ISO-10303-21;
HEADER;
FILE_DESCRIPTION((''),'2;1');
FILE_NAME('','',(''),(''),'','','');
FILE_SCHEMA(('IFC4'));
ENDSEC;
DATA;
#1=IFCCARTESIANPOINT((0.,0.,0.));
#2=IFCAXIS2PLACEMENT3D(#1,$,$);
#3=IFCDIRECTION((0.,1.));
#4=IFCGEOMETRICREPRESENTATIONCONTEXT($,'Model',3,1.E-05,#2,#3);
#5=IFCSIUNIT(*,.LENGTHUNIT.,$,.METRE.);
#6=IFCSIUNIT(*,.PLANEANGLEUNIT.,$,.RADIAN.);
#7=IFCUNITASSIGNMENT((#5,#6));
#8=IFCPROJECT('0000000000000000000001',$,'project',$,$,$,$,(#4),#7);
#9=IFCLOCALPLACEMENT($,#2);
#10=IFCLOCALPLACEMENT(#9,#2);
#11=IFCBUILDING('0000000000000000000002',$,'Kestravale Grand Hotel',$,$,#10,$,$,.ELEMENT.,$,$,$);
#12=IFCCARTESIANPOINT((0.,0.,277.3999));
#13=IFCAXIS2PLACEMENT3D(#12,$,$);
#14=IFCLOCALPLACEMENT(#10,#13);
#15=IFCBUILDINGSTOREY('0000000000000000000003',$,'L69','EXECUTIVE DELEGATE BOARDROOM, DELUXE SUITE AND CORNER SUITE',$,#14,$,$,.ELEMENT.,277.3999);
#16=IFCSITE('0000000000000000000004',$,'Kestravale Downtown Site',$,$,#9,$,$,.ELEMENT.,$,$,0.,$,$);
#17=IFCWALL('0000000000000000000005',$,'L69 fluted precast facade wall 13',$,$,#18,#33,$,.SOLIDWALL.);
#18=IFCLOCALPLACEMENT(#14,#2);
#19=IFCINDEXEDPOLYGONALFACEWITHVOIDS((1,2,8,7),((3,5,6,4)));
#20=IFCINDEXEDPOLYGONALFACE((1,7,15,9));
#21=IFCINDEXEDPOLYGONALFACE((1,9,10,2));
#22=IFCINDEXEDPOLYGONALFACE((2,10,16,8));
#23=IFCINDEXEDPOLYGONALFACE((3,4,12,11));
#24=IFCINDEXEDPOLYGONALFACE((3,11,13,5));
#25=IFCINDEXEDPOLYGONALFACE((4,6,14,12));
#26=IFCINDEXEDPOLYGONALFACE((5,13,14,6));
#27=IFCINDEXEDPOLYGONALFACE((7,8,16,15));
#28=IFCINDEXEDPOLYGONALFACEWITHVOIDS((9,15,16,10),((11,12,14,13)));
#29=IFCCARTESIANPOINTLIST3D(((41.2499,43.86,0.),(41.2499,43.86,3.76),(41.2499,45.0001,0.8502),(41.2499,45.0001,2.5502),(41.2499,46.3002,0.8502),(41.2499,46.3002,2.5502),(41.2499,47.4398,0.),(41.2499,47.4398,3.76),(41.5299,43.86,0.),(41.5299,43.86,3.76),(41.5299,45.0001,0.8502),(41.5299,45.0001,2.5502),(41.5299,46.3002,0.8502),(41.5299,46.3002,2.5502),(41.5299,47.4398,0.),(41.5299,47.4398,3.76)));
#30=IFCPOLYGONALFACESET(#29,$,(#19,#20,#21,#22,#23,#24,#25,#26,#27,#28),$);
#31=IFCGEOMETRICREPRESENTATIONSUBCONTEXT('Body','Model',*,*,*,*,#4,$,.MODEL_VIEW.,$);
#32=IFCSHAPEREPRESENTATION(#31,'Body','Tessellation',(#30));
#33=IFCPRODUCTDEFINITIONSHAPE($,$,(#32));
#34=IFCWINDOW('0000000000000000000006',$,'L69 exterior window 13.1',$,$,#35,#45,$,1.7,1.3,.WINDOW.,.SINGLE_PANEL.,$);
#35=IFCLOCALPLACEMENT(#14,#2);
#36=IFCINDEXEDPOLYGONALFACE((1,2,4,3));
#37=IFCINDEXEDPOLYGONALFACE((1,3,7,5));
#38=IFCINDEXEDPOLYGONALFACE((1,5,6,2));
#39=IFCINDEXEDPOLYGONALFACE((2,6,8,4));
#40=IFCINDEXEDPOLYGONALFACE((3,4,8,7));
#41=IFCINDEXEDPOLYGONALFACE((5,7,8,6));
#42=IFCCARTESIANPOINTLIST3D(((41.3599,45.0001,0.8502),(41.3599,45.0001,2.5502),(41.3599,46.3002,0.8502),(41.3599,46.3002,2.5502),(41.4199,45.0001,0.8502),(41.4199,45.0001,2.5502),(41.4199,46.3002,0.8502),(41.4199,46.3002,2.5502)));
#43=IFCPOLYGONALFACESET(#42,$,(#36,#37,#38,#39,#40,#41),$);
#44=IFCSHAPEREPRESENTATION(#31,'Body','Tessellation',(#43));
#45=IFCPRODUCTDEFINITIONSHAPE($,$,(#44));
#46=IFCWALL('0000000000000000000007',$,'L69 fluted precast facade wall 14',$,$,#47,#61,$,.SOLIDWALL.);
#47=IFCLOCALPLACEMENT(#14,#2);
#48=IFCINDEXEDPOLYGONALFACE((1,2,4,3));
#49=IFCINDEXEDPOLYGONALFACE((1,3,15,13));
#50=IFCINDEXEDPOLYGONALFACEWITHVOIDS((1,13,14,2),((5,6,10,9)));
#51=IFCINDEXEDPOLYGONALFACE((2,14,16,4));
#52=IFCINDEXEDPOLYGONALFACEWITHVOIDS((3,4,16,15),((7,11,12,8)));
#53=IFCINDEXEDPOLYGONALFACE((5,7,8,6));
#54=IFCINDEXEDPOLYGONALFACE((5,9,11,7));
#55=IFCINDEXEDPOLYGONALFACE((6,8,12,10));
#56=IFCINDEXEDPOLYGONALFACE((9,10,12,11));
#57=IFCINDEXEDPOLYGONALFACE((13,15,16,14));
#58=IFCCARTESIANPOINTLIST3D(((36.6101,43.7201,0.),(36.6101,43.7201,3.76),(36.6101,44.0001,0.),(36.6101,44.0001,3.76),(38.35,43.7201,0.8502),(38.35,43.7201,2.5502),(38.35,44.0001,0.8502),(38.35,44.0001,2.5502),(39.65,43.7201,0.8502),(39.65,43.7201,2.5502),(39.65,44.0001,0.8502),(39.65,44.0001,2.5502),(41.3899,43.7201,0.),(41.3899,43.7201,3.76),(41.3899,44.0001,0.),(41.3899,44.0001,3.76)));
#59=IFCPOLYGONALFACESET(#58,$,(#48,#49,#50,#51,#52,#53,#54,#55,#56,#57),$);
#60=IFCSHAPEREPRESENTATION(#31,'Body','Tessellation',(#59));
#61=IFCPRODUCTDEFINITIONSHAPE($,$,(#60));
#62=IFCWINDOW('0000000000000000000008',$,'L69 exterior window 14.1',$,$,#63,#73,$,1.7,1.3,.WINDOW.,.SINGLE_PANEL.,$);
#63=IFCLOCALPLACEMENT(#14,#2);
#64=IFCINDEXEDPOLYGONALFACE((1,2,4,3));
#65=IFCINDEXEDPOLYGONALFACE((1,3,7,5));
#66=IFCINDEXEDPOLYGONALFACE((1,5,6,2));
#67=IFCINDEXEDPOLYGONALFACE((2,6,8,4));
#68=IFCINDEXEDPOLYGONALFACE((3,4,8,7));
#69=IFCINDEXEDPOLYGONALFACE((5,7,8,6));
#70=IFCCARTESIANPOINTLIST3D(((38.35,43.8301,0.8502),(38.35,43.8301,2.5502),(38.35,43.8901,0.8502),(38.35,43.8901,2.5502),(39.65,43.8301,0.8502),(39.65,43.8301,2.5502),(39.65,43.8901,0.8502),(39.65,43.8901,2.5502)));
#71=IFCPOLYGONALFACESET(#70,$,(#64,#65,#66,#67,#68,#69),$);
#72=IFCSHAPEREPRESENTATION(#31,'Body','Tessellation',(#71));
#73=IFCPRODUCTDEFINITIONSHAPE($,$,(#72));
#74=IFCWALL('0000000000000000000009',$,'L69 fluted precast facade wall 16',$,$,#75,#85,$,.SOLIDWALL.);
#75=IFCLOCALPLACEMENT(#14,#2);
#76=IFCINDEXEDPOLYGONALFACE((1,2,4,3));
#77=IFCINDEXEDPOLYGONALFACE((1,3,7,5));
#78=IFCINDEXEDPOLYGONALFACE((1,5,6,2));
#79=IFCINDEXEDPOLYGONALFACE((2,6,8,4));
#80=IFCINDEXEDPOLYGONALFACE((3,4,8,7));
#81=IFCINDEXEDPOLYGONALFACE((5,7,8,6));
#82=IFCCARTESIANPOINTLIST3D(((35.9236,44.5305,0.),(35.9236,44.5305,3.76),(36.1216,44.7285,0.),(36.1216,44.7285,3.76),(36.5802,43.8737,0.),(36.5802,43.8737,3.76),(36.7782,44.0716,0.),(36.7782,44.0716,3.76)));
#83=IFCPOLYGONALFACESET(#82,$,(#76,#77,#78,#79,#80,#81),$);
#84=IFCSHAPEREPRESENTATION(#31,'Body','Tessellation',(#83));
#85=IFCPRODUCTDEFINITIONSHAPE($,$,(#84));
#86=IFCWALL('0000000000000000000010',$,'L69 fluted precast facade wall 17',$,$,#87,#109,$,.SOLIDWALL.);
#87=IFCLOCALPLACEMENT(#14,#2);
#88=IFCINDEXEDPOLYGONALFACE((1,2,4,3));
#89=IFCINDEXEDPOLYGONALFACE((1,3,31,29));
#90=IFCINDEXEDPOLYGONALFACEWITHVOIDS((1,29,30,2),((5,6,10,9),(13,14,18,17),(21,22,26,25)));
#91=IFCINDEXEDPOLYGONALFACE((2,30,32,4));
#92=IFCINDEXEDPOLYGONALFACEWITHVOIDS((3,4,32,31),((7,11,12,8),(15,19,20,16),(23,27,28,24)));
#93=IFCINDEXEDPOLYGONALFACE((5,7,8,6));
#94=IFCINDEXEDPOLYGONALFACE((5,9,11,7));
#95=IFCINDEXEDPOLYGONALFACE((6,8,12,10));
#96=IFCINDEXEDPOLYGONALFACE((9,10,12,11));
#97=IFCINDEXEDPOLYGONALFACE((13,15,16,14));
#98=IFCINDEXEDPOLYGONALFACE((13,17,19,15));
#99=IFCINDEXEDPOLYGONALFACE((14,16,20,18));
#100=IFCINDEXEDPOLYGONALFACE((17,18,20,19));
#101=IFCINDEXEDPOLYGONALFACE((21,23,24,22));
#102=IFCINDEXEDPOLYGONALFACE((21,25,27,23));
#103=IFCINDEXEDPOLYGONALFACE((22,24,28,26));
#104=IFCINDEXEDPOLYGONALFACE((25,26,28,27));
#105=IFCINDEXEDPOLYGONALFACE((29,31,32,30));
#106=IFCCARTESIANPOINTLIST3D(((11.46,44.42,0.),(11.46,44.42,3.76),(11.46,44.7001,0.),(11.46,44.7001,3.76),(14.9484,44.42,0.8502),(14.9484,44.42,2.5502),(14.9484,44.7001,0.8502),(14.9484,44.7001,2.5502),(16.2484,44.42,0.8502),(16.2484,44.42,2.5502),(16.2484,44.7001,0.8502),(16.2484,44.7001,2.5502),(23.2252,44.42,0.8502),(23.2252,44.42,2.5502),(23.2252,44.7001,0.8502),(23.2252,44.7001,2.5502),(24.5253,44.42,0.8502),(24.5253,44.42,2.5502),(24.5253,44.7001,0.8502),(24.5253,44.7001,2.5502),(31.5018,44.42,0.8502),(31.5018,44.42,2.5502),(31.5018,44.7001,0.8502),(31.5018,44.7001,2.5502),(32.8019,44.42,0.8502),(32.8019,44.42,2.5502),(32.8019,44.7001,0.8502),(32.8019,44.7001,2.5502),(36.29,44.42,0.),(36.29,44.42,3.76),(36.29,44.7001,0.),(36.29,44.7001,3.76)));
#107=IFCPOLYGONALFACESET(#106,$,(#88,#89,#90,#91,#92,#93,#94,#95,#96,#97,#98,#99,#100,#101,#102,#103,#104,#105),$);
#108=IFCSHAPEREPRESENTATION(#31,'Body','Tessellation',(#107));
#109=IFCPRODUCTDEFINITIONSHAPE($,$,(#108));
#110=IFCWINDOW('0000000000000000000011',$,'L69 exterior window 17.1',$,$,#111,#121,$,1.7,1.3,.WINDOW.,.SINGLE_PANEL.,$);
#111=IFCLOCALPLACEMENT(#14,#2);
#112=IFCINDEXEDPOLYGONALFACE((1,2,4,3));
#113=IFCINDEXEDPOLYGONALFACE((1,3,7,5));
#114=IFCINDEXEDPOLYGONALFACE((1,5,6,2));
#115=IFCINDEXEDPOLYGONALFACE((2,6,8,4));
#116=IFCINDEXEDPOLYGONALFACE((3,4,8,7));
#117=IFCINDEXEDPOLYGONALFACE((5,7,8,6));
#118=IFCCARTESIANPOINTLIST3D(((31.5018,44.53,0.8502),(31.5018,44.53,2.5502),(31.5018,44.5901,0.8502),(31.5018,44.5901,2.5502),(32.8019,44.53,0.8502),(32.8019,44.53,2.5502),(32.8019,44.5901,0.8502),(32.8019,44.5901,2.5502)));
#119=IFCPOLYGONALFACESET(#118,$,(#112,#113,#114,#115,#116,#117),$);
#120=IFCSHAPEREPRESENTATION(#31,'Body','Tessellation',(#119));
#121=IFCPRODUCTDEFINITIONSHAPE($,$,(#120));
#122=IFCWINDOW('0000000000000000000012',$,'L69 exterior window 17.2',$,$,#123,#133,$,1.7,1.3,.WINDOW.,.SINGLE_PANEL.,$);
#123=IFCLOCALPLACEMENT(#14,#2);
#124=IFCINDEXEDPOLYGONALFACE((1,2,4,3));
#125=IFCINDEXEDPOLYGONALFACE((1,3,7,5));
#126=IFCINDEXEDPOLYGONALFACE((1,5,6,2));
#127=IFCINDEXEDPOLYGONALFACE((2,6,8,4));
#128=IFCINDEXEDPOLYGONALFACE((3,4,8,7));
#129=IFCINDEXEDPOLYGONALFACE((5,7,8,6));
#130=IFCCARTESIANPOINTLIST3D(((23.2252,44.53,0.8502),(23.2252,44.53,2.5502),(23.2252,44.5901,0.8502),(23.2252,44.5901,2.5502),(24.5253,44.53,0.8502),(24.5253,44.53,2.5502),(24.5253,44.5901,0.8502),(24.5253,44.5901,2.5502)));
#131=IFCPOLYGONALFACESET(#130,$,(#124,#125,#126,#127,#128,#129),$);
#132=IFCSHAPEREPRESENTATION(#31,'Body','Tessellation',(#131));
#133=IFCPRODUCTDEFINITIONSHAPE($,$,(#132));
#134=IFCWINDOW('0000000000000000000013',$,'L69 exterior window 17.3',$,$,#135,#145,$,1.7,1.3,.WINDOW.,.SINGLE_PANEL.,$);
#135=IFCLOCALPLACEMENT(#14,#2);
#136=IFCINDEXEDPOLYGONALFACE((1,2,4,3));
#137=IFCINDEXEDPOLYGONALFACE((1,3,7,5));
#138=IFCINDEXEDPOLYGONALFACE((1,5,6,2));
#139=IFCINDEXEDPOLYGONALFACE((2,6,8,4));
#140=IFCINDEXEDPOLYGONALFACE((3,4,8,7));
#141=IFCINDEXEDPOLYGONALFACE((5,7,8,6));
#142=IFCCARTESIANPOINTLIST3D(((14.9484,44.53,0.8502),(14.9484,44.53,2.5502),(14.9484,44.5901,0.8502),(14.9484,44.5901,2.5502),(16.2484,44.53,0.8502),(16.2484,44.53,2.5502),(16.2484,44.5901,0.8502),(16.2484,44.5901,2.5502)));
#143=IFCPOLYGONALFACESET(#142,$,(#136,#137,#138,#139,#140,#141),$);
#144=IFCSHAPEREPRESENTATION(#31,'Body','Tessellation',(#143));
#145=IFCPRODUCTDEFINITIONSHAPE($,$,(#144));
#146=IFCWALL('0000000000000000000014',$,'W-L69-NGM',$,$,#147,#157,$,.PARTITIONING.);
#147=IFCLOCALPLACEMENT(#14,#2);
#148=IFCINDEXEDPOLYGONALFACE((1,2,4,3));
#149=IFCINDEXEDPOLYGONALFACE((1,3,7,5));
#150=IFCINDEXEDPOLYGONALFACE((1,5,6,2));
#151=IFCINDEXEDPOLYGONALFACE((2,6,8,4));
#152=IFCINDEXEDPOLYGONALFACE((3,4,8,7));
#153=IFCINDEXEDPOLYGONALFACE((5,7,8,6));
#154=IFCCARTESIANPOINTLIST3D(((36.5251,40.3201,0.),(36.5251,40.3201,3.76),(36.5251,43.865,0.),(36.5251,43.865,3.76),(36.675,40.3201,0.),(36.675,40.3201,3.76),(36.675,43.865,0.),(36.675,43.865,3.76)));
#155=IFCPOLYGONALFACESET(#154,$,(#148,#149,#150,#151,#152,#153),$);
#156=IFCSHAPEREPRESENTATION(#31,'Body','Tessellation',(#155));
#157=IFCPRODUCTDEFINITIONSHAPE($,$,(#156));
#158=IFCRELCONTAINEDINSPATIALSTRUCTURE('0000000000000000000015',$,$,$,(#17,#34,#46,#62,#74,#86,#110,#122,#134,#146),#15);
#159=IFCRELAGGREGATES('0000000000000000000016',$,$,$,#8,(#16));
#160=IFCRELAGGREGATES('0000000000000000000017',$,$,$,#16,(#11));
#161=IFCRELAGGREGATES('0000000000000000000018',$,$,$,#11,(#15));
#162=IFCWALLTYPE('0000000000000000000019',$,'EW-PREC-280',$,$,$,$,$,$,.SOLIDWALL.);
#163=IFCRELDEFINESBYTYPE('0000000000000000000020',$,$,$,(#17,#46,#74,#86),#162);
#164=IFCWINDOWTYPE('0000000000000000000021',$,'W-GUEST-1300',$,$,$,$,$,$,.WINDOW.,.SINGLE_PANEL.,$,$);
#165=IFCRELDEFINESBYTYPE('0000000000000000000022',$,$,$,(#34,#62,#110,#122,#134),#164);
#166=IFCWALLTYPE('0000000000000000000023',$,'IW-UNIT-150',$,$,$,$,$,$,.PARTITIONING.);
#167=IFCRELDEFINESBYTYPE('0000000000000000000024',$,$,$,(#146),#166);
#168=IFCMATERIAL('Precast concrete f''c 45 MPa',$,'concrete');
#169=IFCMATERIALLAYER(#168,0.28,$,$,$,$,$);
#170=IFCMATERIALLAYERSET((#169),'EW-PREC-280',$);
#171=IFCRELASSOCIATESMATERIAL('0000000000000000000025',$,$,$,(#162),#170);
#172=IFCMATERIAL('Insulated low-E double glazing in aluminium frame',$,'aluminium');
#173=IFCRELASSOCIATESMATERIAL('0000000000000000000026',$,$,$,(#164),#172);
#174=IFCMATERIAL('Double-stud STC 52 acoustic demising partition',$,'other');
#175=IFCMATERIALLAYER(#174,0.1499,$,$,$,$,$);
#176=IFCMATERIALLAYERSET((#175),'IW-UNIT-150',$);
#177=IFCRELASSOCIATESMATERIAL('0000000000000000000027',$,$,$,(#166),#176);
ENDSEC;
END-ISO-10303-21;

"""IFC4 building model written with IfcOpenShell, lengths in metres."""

from ifc_helpers import new_model, si_unit, direction, frame, frame_2d, origin, place, context, subcontext, project, spatial, rectangle, extrude, material, layer, layer_set, type_object, element, fill, save


model = new_model("IFC4")

# Units and contexts
model_context = context("Model", 3, precision=1e-05, world=origin(), true_north=direction((0.0, 1.0)))
body_context = subcontext(model_context, "Body", "Model", "MODEL_VIEW")
ifc_project = project(units=[si_unit("LENGTHUNIT", "METRE"), si_unit("PLANEANGLEUNIT", "RADIAN")], contexts=[model_context])

# Site, building, storey
site_placement = place(None, origin())
site = spatial("IfcSite", under=ifc_project, at=site_placement, Name="Kestravale Downtown Site", CompositionType="ELEMENT", RefElevation=0.0)
building_placement = place(site_placement, origin())
building = spatial("IfcBuilding", under=site, at=building_placement, Name="Kestravale Grand Hotel", CompositionType="ELEMENT")
storey_placement = place(building_placement, frame((0.0, 0.0, 277.3999)))
storey = spatial("IfcBuildingStorey", under=building, at=storey_placement, Name="L69", Description="EXECUTIVE DELEGATE BOARDROOM, DELUXE SUITE AND CORNER SUITE", CompositionType="ELEMENT", Elevation=277.3999)

# Shared definitions
ifc_material_1 = material(Name="Precast concrete f'c 45 MPa", Category="concrete")
ifc_layer_1 = layer(ifc_material_1, 0.28)
ifc_layer_set_1 = layer_set([ifc_layer_1], Name="EW-PREC-280")
wall_type_1 = type_object("IfcWallType", Name="EW-PREC-280", PredefinedType="SOLIDWALL", material=ifc_layer_set_1)

# Walls, openings, windows
wall_1_placement = place(storey_placement, frame((41.3899, 47.4399, 0.0), z_axis=(0.0, 0.0, 1.0), x_axis=(0.0, -1.0, 0.0)))
wall_1 = element("IfcWall", 1, at=wall_1_placement, inside=storey, type_object=wall_type_1, Name="L69 fluted precast facade wall 13", PredefinedType="SOLIDWALL", context=body_context, shape_type="SweptSolid", body=[
    extrude(rectangle(XDim=3.5798, YDim=0.28, at=frame_2d((1.79, 0.0))), origin(), (0.0, 0.0, 1.0), 3.76),
])
opening_1_placement = place(wall_1_placement, frame((1.1399, 0.0, 0.8501)))
opening_1 = element("IfcOpeningElement", 2, at=opening_1_placement, cuts=wall_1, PredefinedType="OPENING", context=body_context, shape_type="SweptSolid", body=[
    extrude(rectangle(XDim=1.3, YDim=1.7, at=frame_2d((0.6499, 0.8501))), frame((0.0, 0.1499, 0.0), z_axis=(0.0, -1.0, 0.0), x_axis=(1.0, 0.0, 0.0)), (0.0, 0.0, 1.0), 0.3),
])
ifc_material_2 = material(Name="Insulated low-E double glazing in aluminium frame", Category="aluminium")
window_type = type_object("IfcWindowType", Name="W-GUEST-1300", PartitioningType="SINGLE_PANEL", PredefinedType="WINDOW", material=ifc_material_2)
window_1_placement = place(opening_1_placement, origin())
window_1 = element("IfcWindow", 3, at=window_1_placement, inside=storey, type_object=window_type, Name="L69 exterior window 13.1", OverallHeight=1.7, OverallWidth=1.3, PartitioningType="SINGLE_PANEL", PredefinedType="WINDOW", context=body_context, shape_type="SweptSolid", body=[
    extrude(rectangle(XDim=1.3, YDim=1.7, at=frame_2d((0.6499, 0.8501))), frame((0.0, 0.03, 0.0), z_axis=(0.0, -1.0, 0.0), x_axis=(1.0, 0.0, 0.0)), (0.0, 0.0, 1.0), 0.0601),
])
fill(opening_1, window_1)
wall_2_placement = place(storey_placement, frame((41.3899, 43.8601, 0.0), z_axis=(0.0, 0.0, 1.0), x_axis=(-1.0, 0.0, 0.0)))
wall_2 = element("IfcWall", 4, at=wall_2_placement, inside=storey, type_object=wall_type_1, Name="L69 fluted precast facade wall 14", PredefinedType="SOLIDWALL", context=body_context, shape_type="SweptSolid", body=[
    extrude(rectangle(XDim=4.7798, YDim=0.28, at=frame_2d((2.3899, 0.0))), origin(), (0.0, 0.0, 1.0), 3.76),
])
opening_2_placement = place(wall_2_placement, frame((1.74, 0.0, 0.8501)))
opening_2 = element("IfcOpeningElement", 5, at=opening_2_placement, cuts=wall_2, PredefinedType="OPENING", context=body_context, shape_type="SweptSolid", body=[
    extrude(rectangle(XDim=1.3, YDim=1.7, at=frame_2d((0.6499, 0.8501))), frame((0.0, 0.1499, 0.0), z_axis=(0.0, -1.0, 0.0), x_axis=(1.0, 0.0, 0.0)), (0.0, 0.0, 1.0), 0.3),
])
window_2_placement = place(opening_2_placement, origin())
window_2 = element("IfcWindow", 6, at=window_2_placement, inside=storey, type_object=window_type, Name="L69 exterior window 14.1", OverallHeight=1.7, OverallWidth=1.3, PartitioningType="SINGLE_PANEL", PredefinedType="WINDOW", context=body_context, shape_type="SweptSolid", body=[
    extrude(rectangle(XDim=1.3, YDim=1.7, at=frame_2d((0.6499, 0.8501))), frame((0.0, 0.03, 0.0), z_axis=(0.0, -1.0, 0.0), x_axis=(1.0, 0.0, 0.0)), (0.0, 0.0, 1.0), 0.0601),
])
fill(opening_2, window_2)

# Wall
wall_3_placement = place(storey_placement, frame((36.6792, 43.9727, 0.0), z_axis=(0.0, 0.0, 1.0), x_axis=(-0.706975, 0.707238, 0.0)))
element("IfcWall", 7, at=wall_3_placement, inside=storey, type_object=wall_type_1, Name="L69 fluted precast facade wall 16", PredefinedType="SOLIDWALL", context=body_context, shape_type="SweptSolid", body=[
    extrude(rectangle(XDim=0.9287, YDim=0.28, at=frame_2d((0.4644, 0.0))), origin(), (0.0, 0.0, 1.0), 3.76),
])

# Wall, openings, windows
wall_4_placement = place(storey_placement, frame((36.29, 44.5601, 0.0), z_axis=(0.0, 0.0, 1.0), x_axis=(-1.0, 0.0, 0.0)))
wall_4 = element("IfcWall", 8, at=wall_4_placement, inside=storey, type_object=wall_type_1, Name="L69 fluted precast facade wall 17", PredefinedType="SOLIDWALL", context=body_context, shape_type="SweptSolid", body=[
    extrude(rectangle(XDim=24.8301, YDim=0.28, at=frame_2d((12.415, 0.0))), origin(), (0.0, 0.0, 1.0), 3.76),
])
opening_3_placement = place(wall_4_placement, frame((3.4883, 0.0, 0.8501)))
opening_3 = element("IfcOpeningElement", 9, at=opening_3_placement, cuts=wall_4, PredefinedType="OPENING", context=body_context, shape_type="SweptSolid", body=[
    extrude(rectangle(XDim=1.3, YDim=1.7, at=frame_2d((0.6499, 0.8501))), frame((0.0, 0.1499, 0.0), z_axis=(0.0, -1.0, 0.0), x_axis=(1.0, 0.0, 0.0)), (0.0, 0.0, 1.0), 0.3),
])
opening_4_placement = place(wall_4_placement, frame((11.7649, 0.0, 0.8501)))
opening_4 = element("IfcOpeningElement", 10, at=opening_4_placement, cuts=wall_4, PredefinedType="OPENING", context=body_context, shape_type="SweptSolid", body=[
    extrude(rectangle(XDim=1.3, YDim=1.7, at=frame_2d((0.6499, 0.8501))), frame((0.0, 0.1499, 0.0), z_axis=(0.0, -1.0, 0.0), x_axis=(1.0, 0.0, 0.0)), (0.0, 0.0, 1.0), 0.3),
])
opening_5_placement = place(wall_4_placement, frame((20.0417, 0.0, 0.8501)))
opening_5 = element("IfcOpeningElement", 11, at=opening_5_placement, cuts=wall_4, PredefinedType="OPENING", context=body_context, shape_type="SweptSolid", body=[
    extrude(rectangle(XDim=1.3, YDim=1.7, at=frame_2d((0.6499, 0.8501))), frame((0.0, 0.1499, 0.0), z_axis=(0.0, -1.0, 0.0), x_axis=(1.0, 0.0, 0.0)), (0.0, 0.0, 1.0), 0.3),
])
window_3_placement = place(opening_3_placement, origin())
window_3 = element("IfcWindow", 12, at=window_3_placement, inside=storey, type_object=window_type, Name="L69 exterior window 17.1", OverallHeight=1.7, OverallWidth=1.3, PartitioningType="SINGLE_PANEL", PredefinedType="WINDOW", context=body_context, shape_type="SweptSolid", body=[
    extrude(rectangle(XDim=1.3, YDim=1.7, at=frame_2d((0.6499, 0.8501))), frame((0.0, 0.03, 0.0), z_axis=(0.0, -1.0, 0.0), x_axis=(1.0, 0.0, 0.0)), (0.0, 0.0, 1.0), 0.0601),
])
fill(opening_3, window_3)
window_4_placement = place(opening_4_placement, origin())
window_4 = element("IfcWindow", 13, at=window_4_placement, inside=storey, type_object=window_type, Name="L69 exterior window 17.2", OverallHeight=1.7, OverallWidth=1.3, PartitioningType="SINGLE_PANEL", PredefinedType="WINDOW", context=body_context, shape_type="SweptSolid", body=[
    extrude(rectangle(XDim=1.3, YDim=1.7, at=frame_2d((0.6499, 0.8501))), frame((0.0, 0.03, 0.0), z_axis=(0.0, -1.0, 0.0), x_axis=(1.0, 0.0, 0.0)), (0.0, 0.0, 1.0), 0.0601),
])
fill(opening_4, window_4)
window_5_placement = place(opening_5_placement, origin())
window_5 = element("IfcWindow", 14, at=window_5_placement, inside=storey, type_object=window_type, Name="L69 exterior window 17.3", OverallHeight=1.7, OverallWidth=1.3, PartitioningType="SINGLE_PANEL", PredefinedType="WINDOW", context=body_context, shape_type="SweptSolid", body=[
    extrude(rectangle(XDim=1.3, YDim=1.7, at=frame_2d((0.6499, 0.8501))), frame((0.0, 0.03, 0.0), z_axis=(0.0, -1.0, 0.0), x_axis=(1.0, 0.0, 0.0)), (0.0, 0.0, 1.0), 0.0601),
])
fill(opening_5, window_5)

# Wall
ifc_material_3 = material(Name="Double-stud STC 52 acoustic demising partition", Category="other")
ifc_layer_2 = layer(ifc_material_3, 0.1499)
ifc_layer_set_2 = layer_set([ifc_layer_2], Name="IW-UNIT-150")
wall_type_2 = type_object("IfcWallType", Name="IW-UNIT-150", PredefinedType="PARTITIONING", material=ifc_layer_set_2)
wall_5_placement = place(storey_placement, frame((36.6001, 40.3201, 0.0), z_axis=(0.0, 0.0, 1.0), x_axis=(0.0, 1.0, 0.0)))
element("IfcWall", 15, at=wall_5_placement, inside=storey, type_object=wall_type_2, Name="W-L69-NGM", PredefinedType="PARTITIONING", context=body_context, shape_type="SweptSolid", body=[
    extrude(rectangle(XDim=3.5449, YDim=0.1499, at=frame_2d((1.7725, 0.0))), origin(), (0.0, 0.0, 1.0), 3.76),
])

save(model, "model.ifc")
